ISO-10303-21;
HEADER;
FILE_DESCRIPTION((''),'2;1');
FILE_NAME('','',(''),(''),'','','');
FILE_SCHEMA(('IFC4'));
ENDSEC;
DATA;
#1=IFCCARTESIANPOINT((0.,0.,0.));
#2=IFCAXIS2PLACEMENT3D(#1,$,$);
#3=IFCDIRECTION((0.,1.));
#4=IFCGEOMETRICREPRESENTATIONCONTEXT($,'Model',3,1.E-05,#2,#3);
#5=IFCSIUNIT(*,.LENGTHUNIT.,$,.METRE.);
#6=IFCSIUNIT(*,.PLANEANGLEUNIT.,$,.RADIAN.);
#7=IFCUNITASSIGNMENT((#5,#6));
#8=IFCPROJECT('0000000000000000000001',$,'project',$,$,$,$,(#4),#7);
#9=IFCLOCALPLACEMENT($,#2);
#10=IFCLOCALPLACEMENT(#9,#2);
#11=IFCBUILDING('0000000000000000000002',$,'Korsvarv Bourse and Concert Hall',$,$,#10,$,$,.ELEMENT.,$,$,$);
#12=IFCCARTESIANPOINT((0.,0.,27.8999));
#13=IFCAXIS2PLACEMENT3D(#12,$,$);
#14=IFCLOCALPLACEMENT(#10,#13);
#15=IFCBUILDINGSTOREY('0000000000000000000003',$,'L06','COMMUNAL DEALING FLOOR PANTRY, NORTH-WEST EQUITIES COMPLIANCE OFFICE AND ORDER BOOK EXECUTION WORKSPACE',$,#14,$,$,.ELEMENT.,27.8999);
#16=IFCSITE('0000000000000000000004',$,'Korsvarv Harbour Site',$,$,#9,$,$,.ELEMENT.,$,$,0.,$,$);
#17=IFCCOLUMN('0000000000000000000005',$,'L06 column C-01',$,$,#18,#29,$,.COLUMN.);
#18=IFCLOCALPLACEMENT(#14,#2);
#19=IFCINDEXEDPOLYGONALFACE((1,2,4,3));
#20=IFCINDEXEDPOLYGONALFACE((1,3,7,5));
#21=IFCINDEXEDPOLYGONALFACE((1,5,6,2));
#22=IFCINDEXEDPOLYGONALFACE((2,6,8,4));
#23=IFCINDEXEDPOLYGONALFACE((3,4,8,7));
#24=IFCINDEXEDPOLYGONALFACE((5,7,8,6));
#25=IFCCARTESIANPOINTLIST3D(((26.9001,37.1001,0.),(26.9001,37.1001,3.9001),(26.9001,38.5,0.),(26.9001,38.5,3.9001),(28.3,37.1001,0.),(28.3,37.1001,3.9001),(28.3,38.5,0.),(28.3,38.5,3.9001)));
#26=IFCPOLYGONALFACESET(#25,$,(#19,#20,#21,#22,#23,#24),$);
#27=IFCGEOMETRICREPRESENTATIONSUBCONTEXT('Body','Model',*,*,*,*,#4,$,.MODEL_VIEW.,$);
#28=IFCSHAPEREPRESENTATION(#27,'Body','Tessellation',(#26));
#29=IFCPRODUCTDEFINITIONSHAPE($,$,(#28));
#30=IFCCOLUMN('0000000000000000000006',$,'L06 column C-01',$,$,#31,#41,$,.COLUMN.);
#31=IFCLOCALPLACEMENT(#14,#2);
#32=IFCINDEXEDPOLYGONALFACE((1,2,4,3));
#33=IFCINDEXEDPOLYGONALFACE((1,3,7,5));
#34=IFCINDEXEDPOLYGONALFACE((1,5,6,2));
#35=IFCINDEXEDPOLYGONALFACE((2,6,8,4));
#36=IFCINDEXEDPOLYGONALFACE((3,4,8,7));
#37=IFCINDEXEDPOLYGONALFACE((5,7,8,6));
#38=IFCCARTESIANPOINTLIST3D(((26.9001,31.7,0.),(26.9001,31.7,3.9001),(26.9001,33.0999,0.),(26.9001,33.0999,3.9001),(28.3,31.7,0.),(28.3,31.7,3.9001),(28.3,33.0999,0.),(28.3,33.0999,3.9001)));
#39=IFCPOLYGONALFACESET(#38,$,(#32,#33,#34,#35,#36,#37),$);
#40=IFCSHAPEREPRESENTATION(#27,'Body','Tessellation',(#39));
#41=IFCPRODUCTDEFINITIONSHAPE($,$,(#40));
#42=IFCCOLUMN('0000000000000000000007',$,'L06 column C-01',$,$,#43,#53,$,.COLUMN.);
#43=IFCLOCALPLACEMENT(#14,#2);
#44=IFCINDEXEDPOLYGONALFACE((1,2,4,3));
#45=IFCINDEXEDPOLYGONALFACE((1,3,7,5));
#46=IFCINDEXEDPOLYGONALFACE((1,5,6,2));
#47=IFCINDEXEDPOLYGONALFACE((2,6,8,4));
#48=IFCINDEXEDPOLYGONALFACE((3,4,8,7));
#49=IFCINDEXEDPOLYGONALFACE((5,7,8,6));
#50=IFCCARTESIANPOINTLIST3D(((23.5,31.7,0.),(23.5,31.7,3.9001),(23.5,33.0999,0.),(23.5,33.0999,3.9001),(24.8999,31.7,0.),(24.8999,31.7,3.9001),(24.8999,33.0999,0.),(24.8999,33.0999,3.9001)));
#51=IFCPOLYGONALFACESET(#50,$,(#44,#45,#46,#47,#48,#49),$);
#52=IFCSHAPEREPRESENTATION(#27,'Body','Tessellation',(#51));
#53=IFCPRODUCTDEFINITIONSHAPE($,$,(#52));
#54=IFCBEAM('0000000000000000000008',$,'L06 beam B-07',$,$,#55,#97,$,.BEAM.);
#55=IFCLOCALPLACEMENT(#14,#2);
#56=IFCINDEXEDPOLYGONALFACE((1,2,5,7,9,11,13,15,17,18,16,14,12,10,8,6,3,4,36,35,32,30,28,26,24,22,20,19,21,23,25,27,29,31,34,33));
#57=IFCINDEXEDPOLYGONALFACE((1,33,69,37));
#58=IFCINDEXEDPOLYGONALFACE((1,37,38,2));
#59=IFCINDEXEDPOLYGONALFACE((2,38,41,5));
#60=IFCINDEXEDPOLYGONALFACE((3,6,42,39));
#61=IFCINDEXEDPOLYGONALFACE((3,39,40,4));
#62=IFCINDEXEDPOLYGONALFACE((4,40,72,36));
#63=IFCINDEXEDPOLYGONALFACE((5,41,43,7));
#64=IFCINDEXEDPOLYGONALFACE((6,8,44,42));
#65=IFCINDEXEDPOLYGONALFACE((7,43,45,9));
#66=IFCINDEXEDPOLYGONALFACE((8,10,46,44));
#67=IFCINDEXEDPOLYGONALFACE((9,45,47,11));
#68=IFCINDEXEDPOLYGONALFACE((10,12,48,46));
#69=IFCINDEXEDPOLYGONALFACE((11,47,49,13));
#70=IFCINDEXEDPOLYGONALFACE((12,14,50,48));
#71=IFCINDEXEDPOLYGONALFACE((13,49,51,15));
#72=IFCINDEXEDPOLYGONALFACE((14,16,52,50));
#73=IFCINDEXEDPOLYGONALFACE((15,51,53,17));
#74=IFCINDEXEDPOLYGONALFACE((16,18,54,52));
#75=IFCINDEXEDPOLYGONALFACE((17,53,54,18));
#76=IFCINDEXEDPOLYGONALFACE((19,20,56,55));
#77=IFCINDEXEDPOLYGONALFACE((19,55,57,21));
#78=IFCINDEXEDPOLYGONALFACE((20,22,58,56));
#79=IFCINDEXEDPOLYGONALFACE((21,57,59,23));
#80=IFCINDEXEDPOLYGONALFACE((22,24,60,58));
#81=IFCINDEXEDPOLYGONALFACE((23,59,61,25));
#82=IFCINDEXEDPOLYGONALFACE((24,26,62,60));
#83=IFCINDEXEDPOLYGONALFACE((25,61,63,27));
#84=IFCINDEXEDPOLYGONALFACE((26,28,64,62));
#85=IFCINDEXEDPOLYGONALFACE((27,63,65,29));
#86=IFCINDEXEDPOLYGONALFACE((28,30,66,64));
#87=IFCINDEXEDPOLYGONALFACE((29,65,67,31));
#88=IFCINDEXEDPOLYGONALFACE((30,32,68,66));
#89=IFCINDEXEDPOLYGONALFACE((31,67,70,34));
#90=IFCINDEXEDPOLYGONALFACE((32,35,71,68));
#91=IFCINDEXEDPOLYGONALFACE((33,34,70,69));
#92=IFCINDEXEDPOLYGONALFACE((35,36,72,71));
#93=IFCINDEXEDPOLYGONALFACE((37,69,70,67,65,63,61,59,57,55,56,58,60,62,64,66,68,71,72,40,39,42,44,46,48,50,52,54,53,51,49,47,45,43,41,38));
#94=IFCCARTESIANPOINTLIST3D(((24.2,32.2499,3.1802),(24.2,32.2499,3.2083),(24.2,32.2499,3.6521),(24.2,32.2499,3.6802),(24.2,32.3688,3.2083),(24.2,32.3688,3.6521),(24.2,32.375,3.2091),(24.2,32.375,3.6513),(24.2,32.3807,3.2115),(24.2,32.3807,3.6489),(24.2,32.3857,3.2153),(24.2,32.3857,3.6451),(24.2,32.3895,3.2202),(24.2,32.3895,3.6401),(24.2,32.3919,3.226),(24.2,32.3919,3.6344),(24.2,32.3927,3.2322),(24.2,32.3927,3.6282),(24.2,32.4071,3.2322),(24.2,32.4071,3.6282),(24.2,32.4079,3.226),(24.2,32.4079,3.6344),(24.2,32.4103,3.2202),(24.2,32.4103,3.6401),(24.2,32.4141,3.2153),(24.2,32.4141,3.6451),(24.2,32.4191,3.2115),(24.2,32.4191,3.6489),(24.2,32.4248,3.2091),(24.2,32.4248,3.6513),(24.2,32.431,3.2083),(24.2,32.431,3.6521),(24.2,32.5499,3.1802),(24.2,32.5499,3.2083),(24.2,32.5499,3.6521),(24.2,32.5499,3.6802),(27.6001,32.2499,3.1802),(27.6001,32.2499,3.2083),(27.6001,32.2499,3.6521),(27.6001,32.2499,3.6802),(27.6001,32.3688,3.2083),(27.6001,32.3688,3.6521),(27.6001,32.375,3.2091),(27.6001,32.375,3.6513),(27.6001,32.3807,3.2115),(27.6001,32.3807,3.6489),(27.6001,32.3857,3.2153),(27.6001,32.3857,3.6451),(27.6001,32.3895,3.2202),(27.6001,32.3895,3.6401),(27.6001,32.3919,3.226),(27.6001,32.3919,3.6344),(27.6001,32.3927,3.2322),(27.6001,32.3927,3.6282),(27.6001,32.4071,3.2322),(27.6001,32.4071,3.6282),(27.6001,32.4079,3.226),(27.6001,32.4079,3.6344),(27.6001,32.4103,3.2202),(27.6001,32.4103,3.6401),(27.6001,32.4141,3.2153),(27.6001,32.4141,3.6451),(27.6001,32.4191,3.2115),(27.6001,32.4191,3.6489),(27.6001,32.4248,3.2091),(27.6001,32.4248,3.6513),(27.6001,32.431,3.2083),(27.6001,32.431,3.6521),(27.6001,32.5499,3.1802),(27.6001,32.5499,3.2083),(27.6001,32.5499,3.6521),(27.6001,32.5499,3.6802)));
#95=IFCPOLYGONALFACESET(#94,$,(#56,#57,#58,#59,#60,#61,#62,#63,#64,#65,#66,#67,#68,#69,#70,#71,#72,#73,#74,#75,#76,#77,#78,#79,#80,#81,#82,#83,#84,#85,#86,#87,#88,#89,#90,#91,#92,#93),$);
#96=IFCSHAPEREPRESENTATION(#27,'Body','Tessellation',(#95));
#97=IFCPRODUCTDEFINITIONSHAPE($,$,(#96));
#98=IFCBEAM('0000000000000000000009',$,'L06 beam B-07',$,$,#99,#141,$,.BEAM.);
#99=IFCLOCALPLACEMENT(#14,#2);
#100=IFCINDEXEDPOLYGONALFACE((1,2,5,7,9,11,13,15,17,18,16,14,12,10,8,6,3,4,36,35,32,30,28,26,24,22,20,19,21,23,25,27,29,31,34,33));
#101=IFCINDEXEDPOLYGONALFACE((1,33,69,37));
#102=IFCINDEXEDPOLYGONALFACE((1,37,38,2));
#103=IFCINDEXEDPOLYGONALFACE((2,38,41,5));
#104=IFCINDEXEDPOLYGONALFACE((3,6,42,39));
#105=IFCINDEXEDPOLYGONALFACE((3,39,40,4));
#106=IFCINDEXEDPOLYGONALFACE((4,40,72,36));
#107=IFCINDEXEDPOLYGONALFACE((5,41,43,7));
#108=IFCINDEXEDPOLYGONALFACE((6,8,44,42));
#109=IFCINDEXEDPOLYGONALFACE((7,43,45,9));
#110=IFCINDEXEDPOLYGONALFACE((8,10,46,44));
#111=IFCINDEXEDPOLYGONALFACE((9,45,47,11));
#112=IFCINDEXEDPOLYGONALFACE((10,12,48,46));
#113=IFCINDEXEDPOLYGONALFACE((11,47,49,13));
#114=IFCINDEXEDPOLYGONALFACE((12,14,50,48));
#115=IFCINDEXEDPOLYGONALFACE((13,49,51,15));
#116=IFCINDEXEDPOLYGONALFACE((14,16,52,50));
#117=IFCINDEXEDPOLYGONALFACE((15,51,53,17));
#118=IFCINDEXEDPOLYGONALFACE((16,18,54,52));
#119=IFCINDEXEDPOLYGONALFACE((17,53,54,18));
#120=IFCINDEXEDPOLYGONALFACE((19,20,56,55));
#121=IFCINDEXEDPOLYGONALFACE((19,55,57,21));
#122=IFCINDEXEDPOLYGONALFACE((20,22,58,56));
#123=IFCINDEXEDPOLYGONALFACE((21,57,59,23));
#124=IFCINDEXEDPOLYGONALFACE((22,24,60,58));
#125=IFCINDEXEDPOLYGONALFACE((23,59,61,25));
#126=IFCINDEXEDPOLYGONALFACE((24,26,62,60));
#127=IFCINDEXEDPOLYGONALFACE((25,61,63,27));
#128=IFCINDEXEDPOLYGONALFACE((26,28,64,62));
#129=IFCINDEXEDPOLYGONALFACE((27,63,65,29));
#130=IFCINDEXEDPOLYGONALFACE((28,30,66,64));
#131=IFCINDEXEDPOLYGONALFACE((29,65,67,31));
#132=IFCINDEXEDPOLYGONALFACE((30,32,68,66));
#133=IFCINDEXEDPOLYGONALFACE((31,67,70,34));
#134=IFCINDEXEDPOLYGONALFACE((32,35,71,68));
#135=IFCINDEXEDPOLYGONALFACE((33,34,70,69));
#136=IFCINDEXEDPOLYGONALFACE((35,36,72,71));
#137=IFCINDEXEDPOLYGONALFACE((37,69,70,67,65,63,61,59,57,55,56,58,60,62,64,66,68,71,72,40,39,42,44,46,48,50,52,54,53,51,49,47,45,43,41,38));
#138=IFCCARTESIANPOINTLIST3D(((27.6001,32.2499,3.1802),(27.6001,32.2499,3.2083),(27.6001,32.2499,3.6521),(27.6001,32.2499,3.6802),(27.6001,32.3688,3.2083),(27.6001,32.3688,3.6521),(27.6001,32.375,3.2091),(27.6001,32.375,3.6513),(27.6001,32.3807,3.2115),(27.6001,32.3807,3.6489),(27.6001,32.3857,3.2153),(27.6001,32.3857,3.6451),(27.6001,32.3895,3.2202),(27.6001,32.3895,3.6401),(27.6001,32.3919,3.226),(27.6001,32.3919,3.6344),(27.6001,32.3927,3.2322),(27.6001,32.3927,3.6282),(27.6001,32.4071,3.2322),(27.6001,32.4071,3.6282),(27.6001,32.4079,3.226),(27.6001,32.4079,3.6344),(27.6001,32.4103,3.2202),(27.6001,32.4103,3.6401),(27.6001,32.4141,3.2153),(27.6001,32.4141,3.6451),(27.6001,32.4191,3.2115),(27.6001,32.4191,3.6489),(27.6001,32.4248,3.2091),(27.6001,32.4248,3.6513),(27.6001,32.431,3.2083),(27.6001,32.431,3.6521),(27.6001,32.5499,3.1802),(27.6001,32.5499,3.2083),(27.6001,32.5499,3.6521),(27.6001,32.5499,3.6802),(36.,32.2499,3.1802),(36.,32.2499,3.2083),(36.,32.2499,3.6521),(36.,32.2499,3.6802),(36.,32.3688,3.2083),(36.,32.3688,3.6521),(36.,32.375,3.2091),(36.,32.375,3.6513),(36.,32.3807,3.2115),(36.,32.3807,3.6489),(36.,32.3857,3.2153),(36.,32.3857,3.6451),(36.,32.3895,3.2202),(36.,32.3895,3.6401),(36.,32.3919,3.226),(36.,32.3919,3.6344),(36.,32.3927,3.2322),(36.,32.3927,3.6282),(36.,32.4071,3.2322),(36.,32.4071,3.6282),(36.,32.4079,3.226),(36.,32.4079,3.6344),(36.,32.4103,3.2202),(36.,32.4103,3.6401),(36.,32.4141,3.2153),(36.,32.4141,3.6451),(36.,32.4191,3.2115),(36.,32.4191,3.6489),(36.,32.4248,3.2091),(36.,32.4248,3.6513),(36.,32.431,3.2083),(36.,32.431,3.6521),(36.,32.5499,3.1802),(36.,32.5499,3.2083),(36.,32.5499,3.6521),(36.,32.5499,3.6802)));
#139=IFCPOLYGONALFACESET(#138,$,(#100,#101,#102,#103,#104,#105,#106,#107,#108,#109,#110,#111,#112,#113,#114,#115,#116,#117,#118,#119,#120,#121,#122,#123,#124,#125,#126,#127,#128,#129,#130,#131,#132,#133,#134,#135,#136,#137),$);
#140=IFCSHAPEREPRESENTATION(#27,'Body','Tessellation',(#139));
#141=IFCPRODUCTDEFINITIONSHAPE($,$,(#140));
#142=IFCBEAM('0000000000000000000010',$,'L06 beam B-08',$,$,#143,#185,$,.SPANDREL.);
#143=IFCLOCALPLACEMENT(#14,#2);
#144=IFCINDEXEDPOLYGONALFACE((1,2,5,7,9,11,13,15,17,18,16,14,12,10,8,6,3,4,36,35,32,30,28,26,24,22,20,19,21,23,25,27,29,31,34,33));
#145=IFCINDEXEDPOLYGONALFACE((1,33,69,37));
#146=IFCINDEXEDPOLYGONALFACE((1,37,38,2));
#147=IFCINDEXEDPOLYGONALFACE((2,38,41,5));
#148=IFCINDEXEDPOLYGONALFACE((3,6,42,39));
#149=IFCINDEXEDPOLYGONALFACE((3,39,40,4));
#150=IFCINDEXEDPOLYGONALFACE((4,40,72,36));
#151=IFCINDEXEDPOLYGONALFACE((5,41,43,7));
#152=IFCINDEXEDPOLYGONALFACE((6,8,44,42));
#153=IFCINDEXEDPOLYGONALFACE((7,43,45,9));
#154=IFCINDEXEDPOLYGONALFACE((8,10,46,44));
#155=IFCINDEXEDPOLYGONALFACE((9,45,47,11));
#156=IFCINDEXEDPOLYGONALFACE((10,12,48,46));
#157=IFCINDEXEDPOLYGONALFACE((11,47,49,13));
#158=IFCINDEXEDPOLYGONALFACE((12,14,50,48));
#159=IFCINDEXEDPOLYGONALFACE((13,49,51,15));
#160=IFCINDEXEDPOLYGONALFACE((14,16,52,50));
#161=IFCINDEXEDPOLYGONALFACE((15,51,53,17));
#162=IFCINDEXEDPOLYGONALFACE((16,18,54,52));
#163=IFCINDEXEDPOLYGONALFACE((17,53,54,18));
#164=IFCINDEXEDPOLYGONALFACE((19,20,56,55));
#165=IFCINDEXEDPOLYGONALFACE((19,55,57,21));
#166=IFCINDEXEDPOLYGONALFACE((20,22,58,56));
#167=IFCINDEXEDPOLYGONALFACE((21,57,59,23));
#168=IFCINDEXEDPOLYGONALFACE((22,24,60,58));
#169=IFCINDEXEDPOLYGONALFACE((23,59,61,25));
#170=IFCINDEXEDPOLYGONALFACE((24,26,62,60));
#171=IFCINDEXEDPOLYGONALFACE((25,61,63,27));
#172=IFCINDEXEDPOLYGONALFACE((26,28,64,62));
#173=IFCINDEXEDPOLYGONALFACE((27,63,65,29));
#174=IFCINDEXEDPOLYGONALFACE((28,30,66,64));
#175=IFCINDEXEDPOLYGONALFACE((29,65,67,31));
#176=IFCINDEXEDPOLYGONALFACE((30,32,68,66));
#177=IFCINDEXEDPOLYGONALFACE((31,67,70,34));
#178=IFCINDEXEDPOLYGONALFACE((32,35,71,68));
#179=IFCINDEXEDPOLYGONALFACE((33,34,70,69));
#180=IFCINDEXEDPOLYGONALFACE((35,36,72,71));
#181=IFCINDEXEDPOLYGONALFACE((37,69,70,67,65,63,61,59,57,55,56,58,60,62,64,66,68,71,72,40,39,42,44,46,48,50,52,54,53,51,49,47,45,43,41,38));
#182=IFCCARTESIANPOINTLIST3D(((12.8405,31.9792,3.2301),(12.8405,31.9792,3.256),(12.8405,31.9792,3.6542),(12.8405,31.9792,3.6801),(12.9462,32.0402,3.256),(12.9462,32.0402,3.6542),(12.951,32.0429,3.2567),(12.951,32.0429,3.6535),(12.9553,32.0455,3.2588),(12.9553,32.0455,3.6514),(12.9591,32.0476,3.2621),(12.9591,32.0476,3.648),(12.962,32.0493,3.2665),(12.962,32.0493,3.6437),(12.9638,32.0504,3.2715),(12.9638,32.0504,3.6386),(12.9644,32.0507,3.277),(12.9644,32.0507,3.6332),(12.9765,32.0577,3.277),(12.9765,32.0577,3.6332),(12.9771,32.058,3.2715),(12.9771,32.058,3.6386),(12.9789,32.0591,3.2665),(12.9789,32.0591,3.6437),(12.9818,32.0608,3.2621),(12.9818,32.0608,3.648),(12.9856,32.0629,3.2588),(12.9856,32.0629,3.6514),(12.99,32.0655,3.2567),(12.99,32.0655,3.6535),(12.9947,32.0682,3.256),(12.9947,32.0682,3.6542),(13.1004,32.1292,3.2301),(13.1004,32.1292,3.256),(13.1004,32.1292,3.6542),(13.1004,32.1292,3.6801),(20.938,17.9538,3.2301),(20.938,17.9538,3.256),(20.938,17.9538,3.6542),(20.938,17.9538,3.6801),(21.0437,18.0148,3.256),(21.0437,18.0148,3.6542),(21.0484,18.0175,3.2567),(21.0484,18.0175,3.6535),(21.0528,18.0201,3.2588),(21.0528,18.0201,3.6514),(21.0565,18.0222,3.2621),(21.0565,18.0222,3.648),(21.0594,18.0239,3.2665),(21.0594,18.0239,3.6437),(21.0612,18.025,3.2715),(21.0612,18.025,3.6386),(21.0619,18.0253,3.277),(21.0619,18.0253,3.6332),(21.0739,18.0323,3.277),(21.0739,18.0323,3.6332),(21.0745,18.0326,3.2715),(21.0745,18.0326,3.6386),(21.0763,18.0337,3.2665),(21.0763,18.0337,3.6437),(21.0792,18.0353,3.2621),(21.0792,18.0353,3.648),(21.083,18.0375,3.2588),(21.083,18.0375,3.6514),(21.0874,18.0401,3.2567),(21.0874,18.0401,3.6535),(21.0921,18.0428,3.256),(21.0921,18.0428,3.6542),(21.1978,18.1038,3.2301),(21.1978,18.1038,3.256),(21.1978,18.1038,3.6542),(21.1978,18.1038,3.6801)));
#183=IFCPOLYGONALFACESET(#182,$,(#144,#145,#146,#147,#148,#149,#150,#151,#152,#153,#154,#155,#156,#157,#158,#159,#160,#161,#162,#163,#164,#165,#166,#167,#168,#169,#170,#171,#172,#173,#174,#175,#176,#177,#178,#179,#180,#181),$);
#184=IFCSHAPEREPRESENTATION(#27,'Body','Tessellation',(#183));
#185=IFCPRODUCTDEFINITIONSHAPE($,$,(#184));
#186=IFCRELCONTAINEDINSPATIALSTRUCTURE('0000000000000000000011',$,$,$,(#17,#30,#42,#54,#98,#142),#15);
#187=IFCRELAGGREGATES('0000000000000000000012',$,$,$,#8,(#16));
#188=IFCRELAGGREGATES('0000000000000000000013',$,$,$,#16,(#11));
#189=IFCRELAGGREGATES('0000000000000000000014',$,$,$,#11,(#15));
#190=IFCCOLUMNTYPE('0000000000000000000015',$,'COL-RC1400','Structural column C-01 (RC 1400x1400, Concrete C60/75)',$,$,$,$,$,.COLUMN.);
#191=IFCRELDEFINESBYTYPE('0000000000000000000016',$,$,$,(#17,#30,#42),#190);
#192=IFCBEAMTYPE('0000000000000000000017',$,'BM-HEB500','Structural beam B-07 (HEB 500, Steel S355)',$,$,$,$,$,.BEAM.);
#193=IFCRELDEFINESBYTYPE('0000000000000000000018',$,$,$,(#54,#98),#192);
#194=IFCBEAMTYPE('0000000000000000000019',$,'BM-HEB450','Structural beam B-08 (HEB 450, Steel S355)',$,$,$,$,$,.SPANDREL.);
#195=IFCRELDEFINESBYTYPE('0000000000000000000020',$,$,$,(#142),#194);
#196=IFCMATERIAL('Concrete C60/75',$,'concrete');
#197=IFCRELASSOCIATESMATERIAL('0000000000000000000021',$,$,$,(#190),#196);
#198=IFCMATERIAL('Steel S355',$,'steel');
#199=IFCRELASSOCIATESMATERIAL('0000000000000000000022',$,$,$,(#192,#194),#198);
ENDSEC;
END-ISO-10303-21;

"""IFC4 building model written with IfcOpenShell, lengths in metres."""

from ifc_helpers import new_model, si_unit, direction, frame, origin, origin_2d, place, context, subcontext, project, spatial, rectangle, i_section, extrude, source, transform, mapped, material, material_profile, profile_set, type_object, element, save


model = new_model("IFC4")

# Units and contexts
model_context = context("Model", 3, precision=1e-05, world=origin(), true_north=direction((0.0, 1.0)))
body_context = subcontext(model_context, "Body", "Model", "MODEL_VIEW")
ifc_project = project(units=[si_unit("LENGTHUNIT", "METRE"), si_unit("PLANEANGLEUNIT", "RADIAN")], contexts=[model_context])

# Site, building, storey
site_placement = place(None, origin())
site = spatial("IfcSite", under=ifc_project, at=site_placement, Name="Korsvarv Harbour Site", CompositionType="ELEMENT", RefElevation=0.0)
building_placement = place(site_placement, origin())
building = spatial("IfcBuilding", under=site, at=building_placement, Name="Korsvarv Bourse and Concert Hall", CompositionType="ELEMENT")
storey_placement = place(building_placement, frame((0.0, 0.0, 27.8999)))
storey = spatial("IfcBuildingStorey", under=building, at=storey_placement, Name="L06", Description="COMMUNAL DEALING FLOOR PANTRY, NORTH-WEST EQUITIES COMPLIANCE OFFICE AND ORDER BOOK EXECUTION WORKSPACE", CompositionType="ELEMENT", Elevation=27.8999)

# Columns
ifc_material_1 = material(Name="Concrete C60/75", Category="concrete")
ifc_material_profile_1 = material_profile(ifc_material_1, rectangle(XDim=1.3999, YDim=1.3999, at=origin_2d()), Name="RC 1400x1400")
ifc_profile_set_1 = profile_set([ifc_material_profile_1], Name="Concrete C60/75")
column_type = type_object("IfcColumnType", Name="COL-RC1400", Description="Structural column C-01 (RC 1400x1400, Concrete C60/75)", PredefinedType="COLUMN", material=ifc_profile_set_1)
shared_shape_1 = source(origin(), body_context, "Body", "SweptSolid", [
    extrude(rectangle(XDim=1.3999, YDim=1.3999, at=origin_2d()), origin(), (0.0, 0.0, 1.0), 3.9001),
])
for number, where, z_axis, x_axis, name in (
    (1, (27.6001, 37.8, 0.0), (0.0, 0.0, 1.0), (1.0, 0.0, 0.0), "L06 column C-01"),
    (2, (27.6001, 32.3999, 0.0), (0.0, 0.0, 1.0), (1.0, 0.0, 0.0), "L06 column C-01"),
    (3, (24.2, 32.3999, 0.0), (0.0, 0.0, 1.0), (1.0, 0.0, 0.0), "L06 column C-01"),
):
    element("IfcColumn", number, at=place(storey_placement, frame(where, z_axis=z_axis, x_axis=x_axis)), inside=storey, type_object=column_type, Name=name, PredefinedType="COLUMN", context=body_context, shape_type="MappedRepresentation", body=[
        mapped(shared_shape_1, transform((0.0, 0.0, 0.0), scale=1.0)),
    ])

# Beams
ifc_material_2 = material(Name="Steel S355", Category="steel")
ifc_material_profile_2 = material_profile(ifc_material_2, i_section(OverallWidth=0.3, OverallDepth=0.5, WebThickness=0.0144, FlangeThickness=0.0281, FilletRadius=0.0239, at=origin_2d()), Name="HEB 500")
ifc_profile_set_2 = profile_set([ifc_material_profile_2], Name="Steel S355")
beam_type_1 = type_object("IfcBeamType", Name="BM-HEB500", Description="Structural beam B-07 (HEB 500, Steel S355)", PredefinedType="BEAM", material=ifc_profile_set_2)
shared_shape_2 = source(origin(), body_context, "Body", "SweptSolid", [
    extrude(i_section(OverallWidth=0.3, OverallDepth=0.5, WebThickness=0.0144, FlangeThickness=0.0281, FilletRadius=0.0239, at=origin_2d()), origin(), (0.0, 0.0, 1.0), 3.4001),
])
beam_1_placement = place(storey_placement, frame((24.2, 32.3999, 3.4302), z_axis=(1.0, 0.0, 0.0), x_axis=(0.0, 1.0, 0.0)))
element("IfcBeam", 4, at=beam_1_placement, inside=storey, type_object=beam_type_1, Name="L06 beam B-07", PredefinedType="BEAM", context=body_context, shape_type="MappedRepresentation", body=[
    mapped(shared_shape_2, transform((0.0, 0.0, 0.0), scale=1.0)),
])
shared_shape_3 = source(origin(), body_context, "Body", "SweptSolid", [
    extrude(i_section(OverallWidth=0.3, OverallDepth=0.5, WebThickness=0.0144, FlangeThickness=0.0281, FilletRadius=0.0239, at=origin_2d()), origin(), (0.0, 0.0, 1.0), 8.3999),
])
beam_2_placement = place(storey_placement, frame((27.6001, 32.3999, 3.4302), z_axis=(1.0, 0.0, 0.0), x_axis=(0.0, 1.0, 0.0)))
element("IfcBeam", 5, at=beam_2_placement, inside=storey, type_object=beam_type_1, Name="L06 beam B-07", PredefinedType="BEAM", context=body_context, shape_type="MappedRepresentation", body=[
    mapped(shared_shape_3, transform((0.0, 0.0, 0.0), scale=1.0)),
])
ifc_material_profile_3 = material_profile(ifc_material_2, i_section(OverallWidth=0.3, OverallDepth=0.45, WebThickness=0.0139, FlangeThickness=0.0259, FilletRadius=0.021, at=origin_2d()), Name="HEB 450")
ifc_profile_set_3 = profile_set([ifc_material_profile_3], Name="Steel S355")
beam_type_2 = type_object("IfcBeamType", Name="BM-HEB450", Description="Structural beam B-08 (HEB 450, Steel S355)", PredefinedType="SPANDREL", material=ifc_profile_set_3)
shared_shape_4 = source(origin(), body_context, "Body", "SweptSolid", [
    extrude(i_section(OverallWidth=0.3, OverallDepth=0.45, WebThickness=0.0139, FlangeThickness=0.0259, FilletRadius=0.021, at=origin_2d()), origin(), (0.0, 0.0, 1.0), 16.1951),
])
beam_3_placement = place(storey_placement, frame((12.9705, 32.0542, 3.4551), z_axis=(0.499993, -0.866029, 0.0), x_axis=(0.866029, 0.499993, 0.0)))
element("IfcBeam", 6, at=beam_3_placement, inside=storey, type_object=beam_type_2, Name="L06 beam B-08", PredefinedType="SPANDREL", context=body_context, shape_type="MappedRepresentation", body=[
    mapped(shared_shape_4, transform((0.0, 0.0, 0.0), scale=1.0)),
])

save(model, "model.ifc")
